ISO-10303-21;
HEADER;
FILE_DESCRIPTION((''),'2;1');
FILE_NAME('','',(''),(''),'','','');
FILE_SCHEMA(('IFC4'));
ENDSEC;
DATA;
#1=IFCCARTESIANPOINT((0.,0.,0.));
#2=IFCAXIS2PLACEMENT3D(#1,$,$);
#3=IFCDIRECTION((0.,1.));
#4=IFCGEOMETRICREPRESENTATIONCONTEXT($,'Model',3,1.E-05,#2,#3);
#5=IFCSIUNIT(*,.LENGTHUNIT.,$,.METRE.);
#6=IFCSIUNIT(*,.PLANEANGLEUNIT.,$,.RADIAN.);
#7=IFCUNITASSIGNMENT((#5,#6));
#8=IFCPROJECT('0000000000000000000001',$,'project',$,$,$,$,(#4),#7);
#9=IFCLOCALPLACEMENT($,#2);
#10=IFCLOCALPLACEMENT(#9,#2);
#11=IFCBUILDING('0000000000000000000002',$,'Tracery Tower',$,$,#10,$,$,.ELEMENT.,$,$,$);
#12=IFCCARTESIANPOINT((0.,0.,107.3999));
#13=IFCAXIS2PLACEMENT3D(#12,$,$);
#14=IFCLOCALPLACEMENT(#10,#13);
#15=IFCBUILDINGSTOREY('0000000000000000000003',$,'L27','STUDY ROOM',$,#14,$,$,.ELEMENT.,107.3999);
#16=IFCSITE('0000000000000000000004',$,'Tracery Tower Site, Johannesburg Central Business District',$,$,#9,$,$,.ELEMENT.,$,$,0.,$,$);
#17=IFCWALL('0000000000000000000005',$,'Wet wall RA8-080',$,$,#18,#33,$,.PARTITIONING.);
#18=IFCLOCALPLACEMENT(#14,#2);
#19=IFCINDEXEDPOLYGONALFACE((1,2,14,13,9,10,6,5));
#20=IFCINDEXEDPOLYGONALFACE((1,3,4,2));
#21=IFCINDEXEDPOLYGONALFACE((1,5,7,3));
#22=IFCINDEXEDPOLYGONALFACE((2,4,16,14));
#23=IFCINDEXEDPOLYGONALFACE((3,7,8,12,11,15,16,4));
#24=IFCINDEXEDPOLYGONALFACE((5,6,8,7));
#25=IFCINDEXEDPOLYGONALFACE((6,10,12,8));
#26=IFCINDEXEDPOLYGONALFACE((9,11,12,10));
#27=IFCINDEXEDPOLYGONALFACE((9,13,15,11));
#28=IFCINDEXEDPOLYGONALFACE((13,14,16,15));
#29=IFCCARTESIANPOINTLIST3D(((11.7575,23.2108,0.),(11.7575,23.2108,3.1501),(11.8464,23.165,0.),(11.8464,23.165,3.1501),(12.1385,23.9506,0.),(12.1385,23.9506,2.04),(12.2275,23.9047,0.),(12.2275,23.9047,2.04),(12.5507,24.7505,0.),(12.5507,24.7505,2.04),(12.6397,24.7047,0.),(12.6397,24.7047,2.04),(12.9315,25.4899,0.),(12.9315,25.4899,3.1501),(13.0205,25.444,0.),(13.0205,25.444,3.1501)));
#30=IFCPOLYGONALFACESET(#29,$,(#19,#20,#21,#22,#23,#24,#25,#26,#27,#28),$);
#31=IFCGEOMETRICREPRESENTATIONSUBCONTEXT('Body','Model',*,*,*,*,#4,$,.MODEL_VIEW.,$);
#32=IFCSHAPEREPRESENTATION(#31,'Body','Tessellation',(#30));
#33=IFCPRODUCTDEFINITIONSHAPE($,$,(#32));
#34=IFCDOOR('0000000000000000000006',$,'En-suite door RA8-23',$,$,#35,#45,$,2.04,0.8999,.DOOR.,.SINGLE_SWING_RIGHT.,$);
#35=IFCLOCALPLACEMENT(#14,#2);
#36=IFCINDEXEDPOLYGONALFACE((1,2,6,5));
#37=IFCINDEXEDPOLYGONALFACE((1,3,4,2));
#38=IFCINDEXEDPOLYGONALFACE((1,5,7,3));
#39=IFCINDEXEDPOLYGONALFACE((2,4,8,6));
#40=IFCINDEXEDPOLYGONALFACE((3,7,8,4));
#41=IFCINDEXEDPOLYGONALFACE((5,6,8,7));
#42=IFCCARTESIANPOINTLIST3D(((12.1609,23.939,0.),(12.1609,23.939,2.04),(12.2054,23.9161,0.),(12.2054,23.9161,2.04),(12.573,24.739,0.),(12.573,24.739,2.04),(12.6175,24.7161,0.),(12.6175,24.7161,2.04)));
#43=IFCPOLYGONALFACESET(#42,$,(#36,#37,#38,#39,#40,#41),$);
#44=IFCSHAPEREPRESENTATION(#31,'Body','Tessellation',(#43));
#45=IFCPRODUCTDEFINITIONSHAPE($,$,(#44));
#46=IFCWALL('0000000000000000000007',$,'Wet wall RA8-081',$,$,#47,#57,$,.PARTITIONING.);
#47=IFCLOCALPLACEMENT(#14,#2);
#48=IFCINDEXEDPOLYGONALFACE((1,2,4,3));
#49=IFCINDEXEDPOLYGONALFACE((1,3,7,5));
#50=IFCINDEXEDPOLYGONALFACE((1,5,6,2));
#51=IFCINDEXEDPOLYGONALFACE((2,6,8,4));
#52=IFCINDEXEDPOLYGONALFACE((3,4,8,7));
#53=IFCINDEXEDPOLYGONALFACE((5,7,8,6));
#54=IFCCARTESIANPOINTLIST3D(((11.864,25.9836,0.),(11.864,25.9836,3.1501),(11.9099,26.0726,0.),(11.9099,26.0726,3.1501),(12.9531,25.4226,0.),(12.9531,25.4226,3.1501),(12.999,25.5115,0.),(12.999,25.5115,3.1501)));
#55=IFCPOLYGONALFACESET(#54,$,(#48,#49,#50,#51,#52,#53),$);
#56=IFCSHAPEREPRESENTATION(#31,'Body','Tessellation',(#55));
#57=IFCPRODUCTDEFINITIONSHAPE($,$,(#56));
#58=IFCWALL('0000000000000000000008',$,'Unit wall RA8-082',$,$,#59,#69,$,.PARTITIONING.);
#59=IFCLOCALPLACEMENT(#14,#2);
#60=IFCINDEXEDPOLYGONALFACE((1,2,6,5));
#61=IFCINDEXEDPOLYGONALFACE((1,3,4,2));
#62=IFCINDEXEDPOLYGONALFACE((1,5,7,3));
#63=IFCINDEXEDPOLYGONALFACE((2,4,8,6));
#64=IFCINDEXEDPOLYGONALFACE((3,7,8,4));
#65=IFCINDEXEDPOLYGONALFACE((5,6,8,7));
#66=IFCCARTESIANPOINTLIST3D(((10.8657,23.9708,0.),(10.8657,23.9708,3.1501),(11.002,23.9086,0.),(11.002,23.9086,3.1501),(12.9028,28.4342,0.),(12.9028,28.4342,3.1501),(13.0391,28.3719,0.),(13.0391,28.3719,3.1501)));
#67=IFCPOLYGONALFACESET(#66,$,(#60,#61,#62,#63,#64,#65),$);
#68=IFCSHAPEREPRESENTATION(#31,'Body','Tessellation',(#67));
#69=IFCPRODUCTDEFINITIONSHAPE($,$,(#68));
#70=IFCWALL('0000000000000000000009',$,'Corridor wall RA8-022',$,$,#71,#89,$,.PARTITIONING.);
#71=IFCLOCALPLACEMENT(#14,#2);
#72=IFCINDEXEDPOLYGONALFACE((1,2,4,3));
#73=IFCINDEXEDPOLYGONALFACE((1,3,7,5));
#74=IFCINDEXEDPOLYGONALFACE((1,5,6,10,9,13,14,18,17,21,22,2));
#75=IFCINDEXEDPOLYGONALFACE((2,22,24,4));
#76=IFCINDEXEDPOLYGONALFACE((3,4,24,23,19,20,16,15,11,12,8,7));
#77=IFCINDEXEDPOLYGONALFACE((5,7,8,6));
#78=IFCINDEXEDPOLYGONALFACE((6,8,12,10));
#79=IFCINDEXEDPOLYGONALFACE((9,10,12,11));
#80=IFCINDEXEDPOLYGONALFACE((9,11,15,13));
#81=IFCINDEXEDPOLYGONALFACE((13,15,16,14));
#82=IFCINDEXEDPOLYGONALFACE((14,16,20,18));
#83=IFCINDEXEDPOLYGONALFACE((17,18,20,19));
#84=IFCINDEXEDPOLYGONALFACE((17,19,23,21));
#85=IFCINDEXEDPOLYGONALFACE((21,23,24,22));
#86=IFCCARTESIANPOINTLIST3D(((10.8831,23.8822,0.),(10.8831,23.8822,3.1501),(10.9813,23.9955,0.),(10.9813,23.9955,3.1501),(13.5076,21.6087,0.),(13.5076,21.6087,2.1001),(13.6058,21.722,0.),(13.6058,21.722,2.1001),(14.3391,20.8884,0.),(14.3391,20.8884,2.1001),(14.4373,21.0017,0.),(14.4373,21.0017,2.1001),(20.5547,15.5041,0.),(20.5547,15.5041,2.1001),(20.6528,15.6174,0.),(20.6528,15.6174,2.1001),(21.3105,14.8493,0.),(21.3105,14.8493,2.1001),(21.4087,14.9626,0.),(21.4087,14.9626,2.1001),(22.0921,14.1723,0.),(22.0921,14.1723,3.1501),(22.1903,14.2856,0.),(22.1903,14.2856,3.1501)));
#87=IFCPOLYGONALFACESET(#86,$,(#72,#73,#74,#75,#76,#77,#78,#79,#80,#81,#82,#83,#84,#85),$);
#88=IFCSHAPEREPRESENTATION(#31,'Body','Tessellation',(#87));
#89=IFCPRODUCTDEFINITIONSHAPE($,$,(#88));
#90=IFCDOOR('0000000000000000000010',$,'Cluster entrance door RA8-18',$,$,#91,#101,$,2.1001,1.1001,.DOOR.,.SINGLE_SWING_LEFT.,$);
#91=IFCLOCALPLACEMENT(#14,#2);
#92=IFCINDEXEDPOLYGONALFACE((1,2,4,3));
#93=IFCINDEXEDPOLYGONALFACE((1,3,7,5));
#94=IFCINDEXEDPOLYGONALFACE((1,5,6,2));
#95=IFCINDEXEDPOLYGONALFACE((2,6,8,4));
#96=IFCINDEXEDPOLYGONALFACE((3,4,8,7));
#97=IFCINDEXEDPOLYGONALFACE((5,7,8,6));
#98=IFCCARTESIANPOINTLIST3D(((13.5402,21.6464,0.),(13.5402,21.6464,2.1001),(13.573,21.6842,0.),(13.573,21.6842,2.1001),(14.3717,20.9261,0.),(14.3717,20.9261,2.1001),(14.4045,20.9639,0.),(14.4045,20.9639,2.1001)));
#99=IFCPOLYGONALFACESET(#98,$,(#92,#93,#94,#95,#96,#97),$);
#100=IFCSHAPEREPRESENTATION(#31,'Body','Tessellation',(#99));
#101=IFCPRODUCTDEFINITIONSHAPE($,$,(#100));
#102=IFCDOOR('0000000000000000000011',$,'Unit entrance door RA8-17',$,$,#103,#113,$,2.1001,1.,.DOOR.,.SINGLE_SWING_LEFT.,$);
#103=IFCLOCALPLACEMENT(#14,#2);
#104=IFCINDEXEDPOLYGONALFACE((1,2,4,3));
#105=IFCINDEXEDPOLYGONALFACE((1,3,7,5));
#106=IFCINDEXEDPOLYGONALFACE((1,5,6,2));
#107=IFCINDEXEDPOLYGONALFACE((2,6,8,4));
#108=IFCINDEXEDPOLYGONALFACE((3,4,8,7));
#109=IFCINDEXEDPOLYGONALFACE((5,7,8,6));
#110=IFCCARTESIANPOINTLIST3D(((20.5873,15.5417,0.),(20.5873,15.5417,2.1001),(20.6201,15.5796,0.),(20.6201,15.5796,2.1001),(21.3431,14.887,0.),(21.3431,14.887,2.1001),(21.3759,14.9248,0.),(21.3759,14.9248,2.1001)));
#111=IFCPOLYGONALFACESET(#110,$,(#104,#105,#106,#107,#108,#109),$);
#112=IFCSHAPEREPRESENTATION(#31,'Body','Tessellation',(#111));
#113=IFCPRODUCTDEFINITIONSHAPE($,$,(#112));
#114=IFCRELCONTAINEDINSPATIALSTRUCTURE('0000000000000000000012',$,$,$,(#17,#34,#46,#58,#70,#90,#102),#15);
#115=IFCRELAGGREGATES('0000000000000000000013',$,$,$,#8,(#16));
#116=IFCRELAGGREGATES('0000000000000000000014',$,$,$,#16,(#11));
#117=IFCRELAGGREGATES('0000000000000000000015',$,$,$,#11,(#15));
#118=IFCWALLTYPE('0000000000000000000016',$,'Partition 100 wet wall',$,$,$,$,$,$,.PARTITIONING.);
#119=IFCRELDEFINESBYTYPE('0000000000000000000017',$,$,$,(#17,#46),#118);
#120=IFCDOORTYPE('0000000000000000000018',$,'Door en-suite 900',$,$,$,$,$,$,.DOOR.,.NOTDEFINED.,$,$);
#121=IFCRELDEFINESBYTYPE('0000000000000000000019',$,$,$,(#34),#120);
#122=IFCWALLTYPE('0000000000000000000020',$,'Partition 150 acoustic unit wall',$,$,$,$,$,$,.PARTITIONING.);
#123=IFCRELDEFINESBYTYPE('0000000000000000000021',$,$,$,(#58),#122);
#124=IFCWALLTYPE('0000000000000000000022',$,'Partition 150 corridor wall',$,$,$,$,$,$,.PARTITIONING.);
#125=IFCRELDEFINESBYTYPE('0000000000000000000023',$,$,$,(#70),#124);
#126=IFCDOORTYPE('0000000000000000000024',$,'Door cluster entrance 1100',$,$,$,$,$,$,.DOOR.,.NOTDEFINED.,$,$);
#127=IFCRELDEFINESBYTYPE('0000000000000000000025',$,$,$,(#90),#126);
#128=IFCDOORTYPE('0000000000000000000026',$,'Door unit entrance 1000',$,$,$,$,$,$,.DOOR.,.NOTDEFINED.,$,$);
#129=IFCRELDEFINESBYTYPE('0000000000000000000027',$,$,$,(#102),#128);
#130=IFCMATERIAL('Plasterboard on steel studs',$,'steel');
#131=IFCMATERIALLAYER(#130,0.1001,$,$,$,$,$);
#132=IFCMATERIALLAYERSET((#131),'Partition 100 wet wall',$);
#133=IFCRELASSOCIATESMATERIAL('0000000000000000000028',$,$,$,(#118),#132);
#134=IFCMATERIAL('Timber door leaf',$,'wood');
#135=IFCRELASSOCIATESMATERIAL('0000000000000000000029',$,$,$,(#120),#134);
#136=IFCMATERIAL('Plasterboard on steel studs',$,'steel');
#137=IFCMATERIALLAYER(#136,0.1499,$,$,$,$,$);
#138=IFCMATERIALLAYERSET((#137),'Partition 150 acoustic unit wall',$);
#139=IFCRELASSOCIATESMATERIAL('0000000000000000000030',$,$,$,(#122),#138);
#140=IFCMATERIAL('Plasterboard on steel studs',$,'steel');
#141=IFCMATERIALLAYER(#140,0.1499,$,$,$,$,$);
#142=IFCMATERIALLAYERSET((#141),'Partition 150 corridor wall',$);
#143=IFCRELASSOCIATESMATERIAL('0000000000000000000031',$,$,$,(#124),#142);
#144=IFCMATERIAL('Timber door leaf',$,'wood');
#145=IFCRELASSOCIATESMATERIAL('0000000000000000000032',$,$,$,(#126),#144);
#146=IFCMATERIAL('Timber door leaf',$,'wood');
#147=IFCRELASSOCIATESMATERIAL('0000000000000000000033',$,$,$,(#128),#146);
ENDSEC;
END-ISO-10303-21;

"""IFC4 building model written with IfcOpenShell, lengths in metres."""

from ifc_helpers import new_model, si_unit, direction, frame, frame_2d, origin, place, context, subcontext, project, spatial, rectangle, extrude, material, layer, layer_set, type_object, element, fill, save


model = new_model("IFC4")

# Units and contexts
model_context = context("Model", 3, precision=1e-05, world=origin(), true_north=direction((0.0, 1.0)))
body_context = subcontext(model_context, "Body", "Model", "MODEL_VIEW")
ifc_project = project(units=[si_unit("LENGTHUNIT", "METRE"), si_unit("PLANEANGLEUNIT", "RADIAN")], contexts=[model_context])

# Site, building, storey
site_placement = place(None, origin())
site = spatial("IfcSite", under=ifc_project, at=site_placement, Name="Tracery Tower Site, Johannesburg Central Business District", CompositionType="ELEMENT", RefElevation=0.0)
building_placement = place(site_placement, origin())
building = spatial("IfcBuilding", under=site, at=building_placement, Name="Tracery Tower", CompositionType="ELEMENT")
storey_placement = place(building_placement, frame((0.0, 0.0, 107.3999)))
storey = spatial("IfcBuildingStorey", under=building, at=storey_placement, Name="L27", Description="STUDY ROOM", CompositionType="ELEMENT", Elevation=107.3999)

# Wall, opening, door
ifc_material_1 = material(Name="Plasterboard on steel studs", Category="steel")
ifc_layer_1 = layer(ifc_material_1, 0.1001)
ifc_layer_set_1 = layer_set([ifc_layer_1], Name="Partition 100 wet wall")
wall_type_1 = type_object("IfcWallType", Name="Partition 100 wet wall", PredefinedType="PARTITIONING", material=ifc_layer_set_1)
wall_1_placement = place(storey_placement, frame((11.802, 23.188, 0.0), z_axis=(0.0, 0.0, 1.0), x_axis=(0.457961, 0.888972, 0.0)))
wall_1 = element("IfcWall", 1, at=wall_1_placement, inside=storey, type_object=wall_type_1, Name="Wet wall RA8-080", PredefinedType="PARTITIONING", context=body_context, shape_type="SweptSolid", body=[
    extrude(rectangle(XDim=2.5637, YDim=0.1001, at=frame_2d((1.2817, 0.0))), origin(), (0.0, 0.0, 1.0), 3.1501),
])
opening_1_placement = place(wall_1_placement, frame((0.832, 0.0, 0.0)))
opening_1 = element("IfcOpeningElement", 2, at=opening_1_placement, cuts=wall_1, PredefinedType="OPENING", context=body_context, shape_type="SweptSolid", body=[
    extrude(rectangle(XDim=0.8999, YDim=2.04, at=frame_2d((0.45, 1.02))), frame((0.0, 0.05, 0.0), z_axis=(0.0, -1.0, 0.0), x_axis=(1.0, 0.0, 0.0)), (0.0, 0.0, 1.0), 0.1001),
])
ifc_material_2 = material(Name="Timber door leaf", Category="wood")
door_type_1 = type_object("IfcDoorType", Name="Door en-suite 900", OperationType="NOTDEFINED", PredefinedType="DOOR", material=ifc_material_2)
door_1_placement = place(opening_1_placement, origin())
door_1 = element("IfcDoor", 3, at=door_1_placement, inside=storey, type_object=door_type_1, Name="En-suite door RA8-23", OperationType="SINGLE_SWING_RIGHT", OverallHeight=2.04, OverallWidth=0.8999, PredefinedType="DOOR", context=body_context, shape_type="SweptSolid", body=[
    extrude(rectangle(XDim=0.8999, YDim=2.04, at=frame_2d((0.45, 1.02))), frame((0.0, 0.0249, 0.0), z_axis=(0.0, -1.0, 0.0), x_axis=(1.0, 0.0, 0.0)), (0.0, 0.0, 1.0), 0.05),
])
fill(opening_1, door_1)

# Walls
wall_2_placement = place(storey_placement, frame((11.887, 26.0281, 0.0), z_axis=(0.0, 0.0, 1.0), x_axis=(0.888982, -0.457942, 0.0)))
element("IfcWall", 4, at=wall_2_placement, inside=storey, type_object=wall_type_1, Name="Wet wall RA8-081", PredefinedType="PARTITIONING", context=body_context, shape_type="SweptSolid", body=[
    extrude(rectangle(XDim=1.2251, YDim=0.1001, at=frame_2d((0.6125, 0.0))), origin(), (0.0, 0.0, 1.0), 3.1501),
])
ifc_material_3 = material(Name="Plasterboard on steel studs", Category="steel")
ifc_layer_2 = layer(ifc_material_3, 0.1499)
ifc_layer_set_2 = layer_set([ifc_layer_2], Name="Partition 150 acoustic unit wall")
wall_type_2 = type_object("IfcWallType", Name="Partition 150 acoustic unit wall", PredefinedType="PARTITIONING", material=ifc_layer_set_2)
wall_3_placement = place(storey_placement, frame((10.9338, 23.9397, 0.0), z_axis=(0.0, 0.0, 1.0), x_axis=(0.415205, 0.909728, 0.0)))
element("IfcWall", 5, at=wall_3_placement, inside=storey, type_object=wall_type_2, Name="Unit wall RA8-082", PredefinedType="PARTITIONING", context=body_context, shape_type="SweptSolid", body=[
    extrude(rectangle(XDim=4.9062, YDim=0.1499, at=frame_2d((2.4531, 0.0))), origin(), (0.0, 0.0, 1.0), 3.1501),
])

# Wall, openings, doors
ifc_material_4 = material(Name="Plasterboard on steel studs", Category="steel")
ifc_layer_3 = layer(ifc_material_4, 0.1499)
ifc_layer_set_3 = layer_set([ifc_layer_3], Name="Partition 150 corridor wall")
wall_type_3 = type_object("IfcWallType", Name="Partition 150 corridor wall", PredefinedType="PARTITIONING", material=ifc_layer_set_3)
wall_4_placement = place(storey_placement, frame((10.9321, 23.939, 0.0), z_axis=(0.0, 0.0, 1.0), x_axis=(0.755839, -0.654758, 0.0)))
wall_4 = element("IfcWall", 6, at=wall_4_placement, inside=storey, type_object=wall_type_3, Name="Corridor wall RA8-022", PredefinedType="PARTITIONING", context=body_context, shape_type="SweptSolid", body=[
    extrude(rectangle(XDim=14.8298, YDim=0.1499, at=frame_2d((7.415, 0.0))), origin(), (0.0, 0.0, 1.0), 3.1501),
])
opening_2_placement = place(wall_4_placement, frame((12.7959, 0.0, 0.0)))
opening_2 = element("IfcOpeningElement", 7, at=opening_2_placement, cuts=wall_4, PredefinedType="OPENING", context=body_context, shape_type="SweptSolid", body=[
    extrude(rectangle(XDim=1.0, YDim=2.1001, at=frame_2d((0.5, 1.05))), frame((0.0, 0.075, 0.0), z_axis=(0.0, -1.0, 0.0), x_axis=(1.0, 0.0, 0.0)), (0.0, 0.0, 1.0), 0.1499),
])
opening_3_placement = place(wall_4_placement, frame((3.4724, 0.0, 0.0)))
opening_3 = element("IfcOpeningElement", 8, at=opening_3_placement, cuts=wall_4, PredefinedType="OPENING", context=body_context, shape_type="SweptSolid", body=[
    extrude(rectangle(XDim=1.1001, YDim=2.1001, at=frame_2d((0.55, 1.05))), frame((0.0, 0.075, 0.0), z_axis=(0.0, -1.0, 0.0), x_axis=(1.0, 0.0, 0.0)), (0.0, 0.0, 1.0), 0.1499),
])
ifc_material_5 = material(Name="Timber door leaf", Category="wood")
door_type_2 = type_object("IfcDoorType", Name="Door cluster entrance 1100", OperationType="NOTDEFINED", PredefinedType="DOOR", material=ifc_material_5)
door_2_placement = place(opening_3_placement, origin())
door_2 = element("IfcDoor", 9, at=door_2_placement, inside=storey, type_object=door_type_2, Name="Cluster entrance door RA8-18", OperationType="SINGLE_SWING_LEFT", OverallHeight=2.1001, OverallWidth=1.1001, PredefinedType="DOOR", context=body_context, shape_type="SweptSolid", body=[
    extrude(rectangle(XDim=1.1001, YDim=2.1001, at=frame_2d((0.55, 1.05))), frame((0.0, 0.0249, 0.0), z_axis=(0.0, -1.0, 0.0), x_axis=(1.0, 0.0, 0.0)), (0.0, 0.0, 1.0), 0.05),
])
fill(opening_3, door_2)
ifc_material_6 = material(Name="Timber door leaf", Category="wood")
door_type_3 = type_object("IfcDoorType", Name="Door unit entrance 1000", OperationType="NOTDEFINED", PredefinedType="DOOR", material=ifc_material_6)
door_3_placement = place(opening_2_placement, origin())
door_3 = element("IfcDoor", 10, at=door_3_placement, inside=storey, type_object=door_type_3, Name="Unit entrance door RA8-17", OperationType="SINGLE_SWING_LEFT", OverallHeight=2.1001, OverallWidth=1.0, PredefinedType="DOOR", context=body_context, shape_type="SweptSolid", body=[
    extrude(rectangle(XDim=1.0, YDim=2.1001, at=frame_2d((0.5, 1.05))), frame((0.0, 0.0249, 0.0), z_axis=(0.0, -1.0, 0.0), x_axis=(1.0, 0.0, 0.0)), (0.0, 0.0, 1.0), 0.05),
])
fill(opening_2, door_3)

save(model, "model.ifc")
